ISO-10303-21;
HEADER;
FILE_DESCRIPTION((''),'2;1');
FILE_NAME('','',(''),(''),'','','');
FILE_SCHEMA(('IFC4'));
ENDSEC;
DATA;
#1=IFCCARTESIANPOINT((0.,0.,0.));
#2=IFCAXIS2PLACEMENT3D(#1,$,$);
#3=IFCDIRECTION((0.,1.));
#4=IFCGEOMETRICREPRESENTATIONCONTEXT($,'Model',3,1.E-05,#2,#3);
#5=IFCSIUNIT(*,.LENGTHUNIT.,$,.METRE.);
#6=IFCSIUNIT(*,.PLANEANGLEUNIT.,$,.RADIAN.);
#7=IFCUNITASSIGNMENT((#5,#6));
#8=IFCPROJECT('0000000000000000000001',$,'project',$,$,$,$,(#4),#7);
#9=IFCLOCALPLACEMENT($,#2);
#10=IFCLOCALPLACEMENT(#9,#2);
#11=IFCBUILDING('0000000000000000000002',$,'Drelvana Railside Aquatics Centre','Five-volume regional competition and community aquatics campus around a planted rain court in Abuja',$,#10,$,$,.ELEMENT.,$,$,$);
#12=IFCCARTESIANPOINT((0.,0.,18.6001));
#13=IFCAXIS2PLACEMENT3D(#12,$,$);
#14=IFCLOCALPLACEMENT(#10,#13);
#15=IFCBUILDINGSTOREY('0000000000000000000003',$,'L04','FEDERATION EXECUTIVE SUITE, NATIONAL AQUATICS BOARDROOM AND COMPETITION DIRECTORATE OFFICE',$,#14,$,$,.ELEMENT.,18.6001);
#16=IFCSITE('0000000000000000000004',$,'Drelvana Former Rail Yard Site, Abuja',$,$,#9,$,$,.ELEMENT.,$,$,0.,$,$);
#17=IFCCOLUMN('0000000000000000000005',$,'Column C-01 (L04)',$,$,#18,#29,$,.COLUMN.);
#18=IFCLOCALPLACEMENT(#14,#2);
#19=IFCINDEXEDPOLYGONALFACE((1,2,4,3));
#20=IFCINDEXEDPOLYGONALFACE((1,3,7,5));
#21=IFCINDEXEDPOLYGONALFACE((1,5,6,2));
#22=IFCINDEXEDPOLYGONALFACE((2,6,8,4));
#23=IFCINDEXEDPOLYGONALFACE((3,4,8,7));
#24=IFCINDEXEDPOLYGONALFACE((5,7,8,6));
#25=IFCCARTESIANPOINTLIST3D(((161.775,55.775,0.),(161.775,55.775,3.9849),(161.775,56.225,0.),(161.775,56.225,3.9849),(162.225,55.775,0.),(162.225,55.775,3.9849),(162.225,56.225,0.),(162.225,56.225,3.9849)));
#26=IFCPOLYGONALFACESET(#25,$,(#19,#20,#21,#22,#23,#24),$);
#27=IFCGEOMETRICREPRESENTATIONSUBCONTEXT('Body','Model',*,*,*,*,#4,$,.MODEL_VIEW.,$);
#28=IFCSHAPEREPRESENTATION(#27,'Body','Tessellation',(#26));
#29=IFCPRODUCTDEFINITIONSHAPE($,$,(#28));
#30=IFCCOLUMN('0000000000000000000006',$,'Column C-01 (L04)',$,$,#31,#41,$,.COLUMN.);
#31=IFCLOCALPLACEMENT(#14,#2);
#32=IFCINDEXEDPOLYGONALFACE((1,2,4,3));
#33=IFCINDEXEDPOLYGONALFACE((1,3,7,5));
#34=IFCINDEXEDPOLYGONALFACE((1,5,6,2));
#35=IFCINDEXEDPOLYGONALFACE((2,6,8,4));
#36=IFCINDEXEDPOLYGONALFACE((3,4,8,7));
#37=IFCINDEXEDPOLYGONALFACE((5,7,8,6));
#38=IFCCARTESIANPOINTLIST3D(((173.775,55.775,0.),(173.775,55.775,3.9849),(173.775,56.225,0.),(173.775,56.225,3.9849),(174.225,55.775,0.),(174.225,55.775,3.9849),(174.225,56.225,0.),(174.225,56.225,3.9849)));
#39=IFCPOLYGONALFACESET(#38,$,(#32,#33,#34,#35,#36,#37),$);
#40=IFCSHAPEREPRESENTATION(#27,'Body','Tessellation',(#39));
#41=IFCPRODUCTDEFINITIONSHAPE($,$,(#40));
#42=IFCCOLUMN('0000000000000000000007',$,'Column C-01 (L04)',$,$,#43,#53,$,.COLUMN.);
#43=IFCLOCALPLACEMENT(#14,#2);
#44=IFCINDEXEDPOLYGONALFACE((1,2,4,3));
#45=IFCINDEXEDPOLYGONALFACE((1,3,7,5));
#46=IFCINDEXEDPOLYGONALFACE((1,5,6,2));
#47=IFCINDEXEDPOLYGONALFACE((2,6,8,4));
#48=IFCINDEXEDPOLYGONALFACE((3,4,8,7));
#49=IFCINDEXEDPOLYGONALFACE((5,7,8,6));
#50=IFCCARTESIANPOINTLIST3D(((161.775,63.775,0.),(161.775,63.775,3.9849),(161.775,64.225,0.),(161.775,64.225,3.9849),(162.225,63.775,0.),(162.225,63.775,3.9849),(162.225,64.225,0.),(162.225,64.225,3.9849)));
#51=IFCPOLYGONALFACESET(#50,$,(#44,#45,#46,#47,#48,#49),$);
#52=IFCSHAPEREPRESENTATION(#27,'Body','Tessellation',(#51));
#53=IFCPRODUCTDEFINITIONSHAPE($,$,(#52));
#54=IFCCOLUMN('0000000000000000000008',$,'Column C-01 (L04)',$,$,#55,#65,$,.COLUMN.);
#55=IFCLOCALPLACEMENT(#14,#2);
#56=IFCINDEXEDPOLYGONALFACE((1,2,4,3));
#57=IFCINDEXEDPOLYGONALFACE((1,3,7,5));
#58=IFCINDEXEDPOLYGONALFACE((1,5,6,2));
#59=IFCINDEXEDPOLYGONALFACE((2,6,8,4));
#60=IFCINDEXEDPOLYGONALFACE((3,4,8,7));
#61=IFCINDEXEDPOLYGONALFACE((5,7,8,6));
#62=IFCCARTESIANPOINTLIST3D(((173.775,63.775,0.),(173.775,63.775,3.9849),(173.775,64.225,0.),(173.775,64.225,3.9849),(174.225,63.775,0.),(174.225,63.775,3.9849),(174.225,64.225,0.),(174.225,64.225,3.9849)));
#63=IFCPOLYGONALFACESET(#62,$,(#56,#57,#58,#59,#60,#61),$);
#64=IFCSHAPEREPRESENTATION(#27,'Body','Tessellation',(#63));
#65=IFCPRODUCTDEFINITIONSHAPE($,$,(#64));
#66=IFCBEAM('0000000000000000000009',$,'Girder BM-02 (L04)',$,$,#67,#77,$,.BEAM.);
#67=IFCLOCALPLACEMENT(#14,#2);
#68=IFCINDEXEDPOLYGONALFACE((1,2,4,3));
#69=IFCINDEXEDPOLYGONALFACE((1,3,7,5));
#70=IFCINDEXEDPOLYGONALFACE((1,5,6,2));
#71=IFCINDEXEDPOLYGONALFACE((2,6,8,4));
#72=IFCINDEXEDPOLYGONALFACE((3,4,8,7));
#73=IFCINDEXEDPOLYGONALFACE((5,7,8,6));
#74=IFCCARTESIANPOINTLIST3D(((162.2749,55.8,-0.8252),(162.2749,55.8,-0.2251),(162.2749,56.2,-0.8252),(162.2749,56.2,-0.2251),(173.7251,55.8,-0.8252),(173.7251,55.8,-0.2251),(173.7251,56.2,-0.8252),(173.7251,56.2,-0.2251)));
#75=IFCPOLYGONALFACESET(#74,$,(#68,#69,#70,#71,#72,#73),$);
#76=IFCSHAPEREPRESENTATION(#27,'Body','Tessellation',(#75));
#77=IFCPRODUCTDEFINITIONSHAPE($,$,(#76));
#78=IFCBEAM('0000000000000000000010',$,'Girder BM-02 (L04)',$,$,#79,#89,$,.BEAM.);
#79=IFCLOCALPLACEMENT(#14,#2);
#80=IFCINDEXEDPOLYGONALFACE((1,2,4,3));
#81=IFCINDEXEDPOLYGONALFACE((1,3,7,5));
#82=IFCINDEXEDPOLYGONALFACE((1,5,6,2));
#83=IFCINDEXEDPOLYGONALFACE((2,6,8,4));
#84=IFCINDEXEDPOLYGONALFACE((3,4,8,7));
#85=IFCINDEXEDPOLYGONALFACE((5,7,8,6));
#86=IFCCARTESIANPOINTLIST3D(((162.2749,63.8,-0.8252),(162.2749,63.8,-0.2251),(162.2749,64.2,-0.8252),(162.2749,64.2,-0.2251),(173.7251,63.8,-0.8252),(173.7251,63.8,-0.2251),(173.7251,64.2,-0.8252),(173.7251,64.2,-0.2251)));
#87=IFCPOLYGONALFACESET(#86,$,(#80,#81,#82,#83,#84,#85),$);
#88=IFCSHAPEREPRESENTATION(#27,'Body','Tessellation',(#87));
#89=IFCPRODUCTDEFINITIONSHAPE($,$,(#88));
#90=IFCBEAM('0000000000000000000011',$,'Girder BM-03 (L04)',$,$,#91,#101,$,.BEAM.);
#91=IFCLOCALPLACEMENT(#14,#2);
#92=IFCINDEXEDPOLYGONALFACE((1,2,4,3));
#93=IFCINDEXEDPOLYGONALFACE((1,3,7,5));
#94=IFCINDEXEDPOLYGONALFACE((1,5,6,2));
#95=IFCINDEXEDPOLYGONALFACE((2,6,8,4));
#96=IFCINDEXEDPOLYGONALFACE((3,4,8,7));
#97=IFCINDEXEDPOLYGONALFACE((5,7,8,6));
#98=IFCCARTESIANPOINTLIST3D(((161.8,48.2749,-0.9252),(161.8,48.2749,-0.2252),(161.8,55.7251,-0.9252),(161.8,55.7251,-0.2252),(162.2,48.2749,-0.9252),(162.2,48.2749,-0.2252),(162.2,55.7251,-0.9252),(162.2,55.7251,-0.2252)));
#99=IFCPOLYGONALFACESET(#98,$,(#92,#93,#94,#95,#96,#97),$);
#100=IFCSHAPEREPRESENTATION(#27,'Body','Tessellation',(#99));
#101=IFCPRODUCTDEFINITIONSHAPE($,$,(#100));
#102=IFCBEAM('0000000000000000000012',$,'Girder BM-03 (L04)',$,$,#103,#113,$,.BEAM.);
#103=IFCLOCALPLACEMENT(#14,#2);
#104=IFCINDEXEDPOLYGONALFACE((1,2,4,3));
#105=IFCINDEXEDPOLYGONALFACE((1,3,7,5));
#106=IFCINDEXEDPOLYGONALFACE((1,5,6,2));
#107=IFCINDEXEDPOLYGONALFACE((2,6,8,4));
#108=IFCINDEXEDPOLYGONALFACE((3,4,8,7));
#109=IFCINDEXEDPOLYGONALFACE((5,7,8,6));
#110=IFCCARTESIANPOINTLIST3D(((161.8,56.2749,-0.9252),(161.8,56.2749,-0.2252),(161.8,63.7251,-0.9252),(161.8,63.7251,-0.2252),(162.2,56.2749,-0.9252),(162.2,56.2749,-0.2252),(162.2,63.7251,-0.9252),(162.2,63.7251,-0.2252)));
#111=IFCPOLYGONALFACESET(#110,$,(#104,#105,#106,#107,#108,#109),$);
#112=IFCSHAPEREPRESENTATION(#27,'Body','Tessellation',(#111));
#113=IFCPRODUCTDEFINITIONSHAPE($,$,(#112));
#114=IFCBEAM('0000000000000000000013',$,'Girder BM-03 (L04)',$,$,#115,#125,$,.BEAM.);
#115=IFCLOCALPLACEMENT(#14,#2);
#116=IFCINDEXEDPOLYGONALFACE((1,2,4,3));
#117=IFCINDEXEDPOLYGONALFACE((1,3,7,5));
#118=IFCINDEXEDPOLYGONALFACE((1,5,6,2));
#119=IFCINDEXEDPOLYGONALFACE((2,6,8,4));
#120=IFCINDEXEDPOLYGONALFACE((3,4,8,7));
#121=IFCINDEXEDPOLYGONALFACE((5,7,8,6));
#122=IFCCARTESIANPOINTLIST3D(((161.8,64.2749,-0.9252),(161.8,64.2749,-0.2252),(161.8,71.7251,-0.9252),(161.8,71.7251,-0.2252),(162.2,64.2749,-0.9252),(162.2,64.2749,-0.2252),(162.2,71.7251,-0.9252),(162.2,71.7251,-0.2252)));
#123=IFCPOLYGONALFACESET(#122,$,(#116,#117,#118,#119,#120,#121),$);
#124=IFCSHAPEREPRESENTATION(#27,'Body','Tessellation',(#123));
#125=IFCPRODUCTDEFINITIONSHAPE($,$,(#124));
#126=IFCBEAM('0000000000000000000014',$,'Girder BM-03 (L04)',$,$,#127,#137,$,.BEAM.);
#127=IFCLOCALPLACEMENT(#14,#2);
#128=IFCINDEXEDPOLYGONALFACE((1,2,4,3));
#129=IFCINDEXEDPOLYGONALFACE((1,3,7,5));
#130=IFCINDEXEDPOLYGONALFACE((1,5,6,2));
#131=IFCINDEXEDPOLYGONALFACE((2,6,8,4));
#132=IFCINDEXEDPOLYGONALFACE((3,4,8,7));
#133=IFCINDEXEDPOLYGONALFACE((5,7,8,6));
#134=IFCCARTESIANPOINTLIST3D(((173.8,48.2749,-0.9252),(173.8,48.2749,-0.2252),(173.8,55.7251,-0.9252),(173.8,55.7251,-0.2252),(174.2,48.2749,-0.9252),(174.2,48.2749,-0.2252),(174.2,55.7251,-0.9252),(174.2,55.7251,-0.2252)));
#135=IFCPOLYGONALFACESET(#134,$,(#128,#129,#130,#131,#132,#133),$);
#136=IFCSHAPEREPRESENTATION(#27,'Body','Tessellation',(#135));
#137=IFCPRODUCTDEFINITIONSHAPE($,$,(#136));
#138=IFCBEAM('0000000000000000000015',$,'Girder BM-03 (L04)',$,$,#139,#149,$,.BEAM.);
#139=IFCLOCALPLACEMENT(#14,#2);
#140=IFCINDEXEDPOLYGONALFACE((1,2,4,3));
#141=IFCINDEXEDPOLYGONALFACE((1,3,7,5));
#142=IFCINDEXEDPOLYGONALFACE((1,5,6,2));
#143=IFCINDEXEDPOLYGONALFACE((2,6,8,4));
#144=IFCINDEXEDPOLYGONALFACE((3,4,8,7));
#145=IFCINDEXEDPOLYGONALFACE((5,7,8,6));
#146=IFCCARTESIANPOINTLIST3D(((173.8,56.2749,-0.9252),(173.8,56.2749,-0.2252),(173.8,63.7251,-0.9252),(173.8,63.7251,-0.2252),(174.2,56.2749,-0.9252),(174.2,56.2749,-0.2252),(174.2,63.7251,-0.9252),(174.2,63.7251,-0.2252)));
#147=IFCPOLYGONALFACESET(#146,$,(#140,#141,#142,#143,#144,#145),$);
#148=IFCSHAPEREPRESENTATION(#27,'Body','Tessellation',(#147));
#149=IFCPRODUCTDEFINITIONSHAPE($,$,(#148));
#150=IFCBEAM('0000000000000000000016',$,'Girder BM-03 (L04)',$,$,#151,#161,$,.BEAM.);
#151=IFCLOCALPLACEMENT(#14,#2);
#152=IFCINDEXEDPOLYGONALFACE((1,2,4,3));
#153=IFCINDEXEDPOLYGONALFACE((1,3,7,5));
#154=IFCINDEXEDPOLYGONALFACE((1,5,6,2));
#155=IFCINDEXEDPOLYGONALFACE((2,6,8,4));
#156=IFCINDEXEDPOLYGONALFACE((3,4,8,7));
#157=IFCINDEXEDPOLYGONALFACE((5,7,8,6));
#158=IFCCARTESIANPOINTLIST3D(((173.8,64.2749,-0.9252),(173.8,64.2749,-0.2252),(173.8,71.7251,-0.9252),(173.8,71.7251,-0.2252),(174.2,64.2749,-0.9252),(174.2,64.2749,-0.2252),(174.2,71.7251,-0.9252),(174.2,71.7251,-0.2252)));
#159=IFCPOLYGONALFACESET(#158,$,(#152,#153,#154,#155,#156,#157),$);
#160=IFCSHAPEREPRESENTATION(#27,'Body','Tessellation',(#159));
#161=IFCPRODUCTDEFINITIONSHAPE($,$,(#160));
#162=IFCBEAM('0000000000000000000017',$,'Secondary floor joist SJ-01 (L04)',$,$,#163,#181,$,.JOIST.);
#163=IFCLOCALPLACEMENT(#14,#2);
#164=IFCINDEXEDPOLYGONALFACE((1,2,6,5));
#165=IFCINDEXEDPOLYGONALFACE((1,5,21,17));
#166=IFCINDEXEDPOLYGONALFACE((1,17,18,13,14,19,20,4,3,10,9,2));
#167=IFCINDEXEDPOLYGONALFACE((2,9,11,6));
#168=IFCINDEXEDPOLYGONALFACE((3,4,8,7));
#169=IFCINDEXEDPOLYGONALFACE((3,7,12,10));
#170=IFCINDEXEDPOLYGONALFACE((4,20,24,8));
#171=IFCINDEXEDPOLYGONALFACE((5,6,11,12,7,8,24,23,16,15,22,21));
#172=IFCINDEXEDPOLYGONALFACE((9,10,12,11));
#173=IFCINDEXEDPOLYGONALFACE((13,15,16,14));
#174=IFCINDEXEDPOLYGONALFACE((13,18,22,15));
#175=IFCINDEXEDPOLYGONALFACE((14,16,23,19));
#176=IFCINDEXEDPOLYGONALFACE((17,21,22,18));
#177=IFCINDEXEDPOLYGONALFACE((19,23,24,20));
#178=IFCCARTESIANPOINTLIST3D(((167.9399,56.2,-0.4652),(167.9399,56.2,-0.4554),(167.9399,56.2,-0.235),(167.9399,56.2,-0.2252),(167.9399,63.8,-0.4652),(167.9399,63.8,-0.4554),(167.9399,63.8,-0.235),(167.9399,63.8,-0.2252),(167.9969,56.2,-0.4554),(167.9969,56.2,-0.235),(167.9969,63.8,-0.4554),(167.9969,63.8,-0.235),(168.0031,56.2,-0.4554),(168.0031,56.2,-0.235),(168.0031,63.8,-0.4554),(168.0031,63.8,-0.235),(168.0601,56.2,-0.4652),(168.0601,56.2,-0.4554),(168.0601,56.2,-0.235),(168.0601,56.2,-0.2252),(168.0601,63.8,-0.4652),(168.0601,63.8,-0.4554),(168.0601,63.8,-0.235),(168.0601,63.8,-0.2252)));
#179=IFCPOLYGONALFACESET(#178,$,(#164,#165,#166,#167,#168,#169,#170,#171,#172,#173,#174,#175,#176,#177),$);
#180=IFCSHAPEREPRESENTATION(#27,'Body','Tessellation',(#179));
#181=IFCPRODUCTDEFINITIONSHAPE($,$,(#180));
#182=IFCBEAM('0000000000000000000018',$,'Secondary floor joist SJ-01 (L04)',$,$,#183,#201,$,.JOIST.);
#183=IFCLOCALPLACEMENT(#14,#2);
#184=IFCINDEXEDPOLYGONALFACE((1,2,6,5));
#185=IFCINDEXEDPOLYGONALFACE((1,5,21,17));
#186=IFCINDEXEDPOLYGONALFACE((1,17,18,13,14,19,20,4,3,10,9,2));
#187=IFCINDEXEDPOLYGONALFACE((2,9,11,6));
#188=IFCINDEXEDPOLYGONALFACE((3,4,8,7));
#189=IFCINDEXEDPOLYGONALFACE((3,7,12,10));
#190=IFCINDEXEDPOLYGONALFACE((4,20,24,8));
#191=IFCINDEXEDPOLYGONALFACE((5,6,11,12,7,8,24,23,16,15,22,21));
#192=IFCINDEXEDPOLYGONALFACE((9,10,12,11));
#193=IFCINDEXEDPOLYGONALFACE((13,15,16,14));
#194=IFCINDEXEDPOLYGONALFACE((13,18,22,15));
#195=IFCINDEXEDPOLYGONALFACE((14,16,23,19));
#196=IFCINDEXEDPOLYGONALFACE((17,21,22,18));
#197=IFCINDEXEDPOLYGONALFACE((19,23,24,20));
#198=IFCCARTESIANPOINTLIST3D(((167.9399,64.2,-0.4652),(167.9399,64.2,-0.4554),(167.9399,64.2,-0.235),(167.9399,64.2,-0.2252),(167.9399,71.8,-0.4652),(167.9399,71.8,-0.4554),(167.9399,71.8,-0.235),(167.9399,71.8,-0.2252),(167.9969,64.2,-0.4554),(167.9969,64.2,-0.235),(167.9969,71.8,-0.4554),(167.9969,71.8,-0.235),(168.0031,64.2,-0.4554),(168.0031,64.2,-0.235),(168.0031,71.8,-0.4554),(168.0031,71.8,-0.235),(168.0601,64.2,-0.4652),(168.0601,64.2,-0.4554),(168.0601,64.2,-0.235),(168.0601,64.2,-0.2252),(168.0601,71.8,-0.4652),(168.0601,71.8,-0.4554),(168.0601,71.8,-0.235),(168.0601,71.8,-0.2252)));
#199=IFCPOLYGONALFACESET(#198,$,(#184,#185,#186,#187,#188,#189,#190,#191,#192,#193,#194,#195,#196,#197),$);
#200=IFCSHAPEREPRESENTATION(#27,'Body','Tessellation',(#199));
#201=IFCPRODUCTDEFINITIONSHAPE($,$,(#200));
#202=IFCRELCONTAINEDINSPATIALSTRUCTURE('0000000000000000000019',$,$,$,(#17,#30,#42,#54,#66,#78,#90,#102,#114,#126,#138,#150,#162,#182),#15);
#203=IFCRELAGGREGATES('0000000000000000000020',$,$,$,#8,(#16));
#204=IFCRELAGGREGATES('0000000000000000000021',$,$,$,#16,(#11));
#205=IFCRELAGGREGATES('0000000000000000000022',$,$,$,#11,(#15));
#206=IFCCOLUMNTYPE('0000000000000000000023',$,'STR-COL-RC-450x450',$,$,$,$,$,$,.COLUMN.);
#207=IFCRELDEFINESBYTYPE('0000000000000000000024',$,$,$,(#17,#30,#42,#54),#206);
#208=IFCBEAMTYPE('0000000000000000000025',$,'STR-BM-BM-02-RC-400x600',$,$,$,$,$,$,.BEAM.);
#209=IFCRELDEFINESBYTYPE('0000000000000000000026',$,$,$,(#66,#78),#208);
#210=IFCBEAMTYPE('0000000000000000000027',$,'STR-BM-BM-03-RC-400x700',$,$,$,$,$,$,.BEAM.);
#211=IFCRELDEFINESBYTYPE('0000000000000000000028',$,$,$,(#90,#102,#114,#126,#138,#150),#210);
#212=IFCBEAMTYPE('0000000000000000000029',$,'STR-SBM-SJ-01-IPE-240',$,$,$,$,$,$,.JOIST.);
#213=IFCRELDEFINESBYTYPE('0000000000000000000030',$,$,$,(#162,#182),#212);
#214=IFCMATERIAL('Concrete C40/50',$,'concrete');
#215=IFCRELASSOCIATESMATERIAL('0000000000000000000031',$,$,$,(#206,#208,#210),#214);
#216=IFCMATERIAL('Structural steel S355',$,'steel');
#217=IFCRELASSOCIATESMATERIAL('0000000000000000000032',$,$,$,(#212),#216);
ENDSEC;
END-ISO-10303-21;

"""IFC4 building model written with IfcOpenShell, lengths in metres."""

from ifc_helpers import new_model, si_unit, direction, frame, origin, origin_2d, place, context, subcontext, project, spatial, rectangle, i_section, extrude, material, material_profile, profile_set, type_object, element, save


model = new_model("IFC4")

# Units and contexts
model_context = context("Model", 3, precision=1e-05, world=origin(), true_north=direction((0.0, 1.0)))
body_context = subcontext(model_context, "Body", "Model", "MODEL_VIEW")
ifc_project = project(units=[si_unit("LENGTHUNIT", "METRE"), si_unit("PLANEANGLEUNIT", "RADIAN")], contexts=[model_context])

# Site, building, storey
site_placement = place(None, origin())
site = spatial("IfcSite", under=ifc_project, at=site_placement, Name="Drelvana Former Rail Yard Site, Abuja", CompositionType="ELEMENT", RefElevation=0.0)
building_placement = place(site_placement, origin())
building = spatial("IfcBuilding", under=site, at=building_placement, Name="Drelvana Railside Aquatics Centre", Description="Five-volume regional competition and community aquatics campus around a planted rain court in Abuja", CompositionType="ELEMENT")
storey_placement = place(building_placement, frame((0.0, 0.0, 18.6001)))
storey = spatial("IfcBuildingStorey", under=building, at=storey_placement, Name="L04", Description="FEDERATION EXECUTIVE SUITE, NATIONAL AQUATICS BOARDROOM AND COMPETITION DIRECTORATE OFFICE", CompositionType="ELEMENT", Elevation=18.6001)

# Columns
ifc_material_1 = material(Name="Concrete C40/50", Category="concrete")
ifc_material_profile_1 = material_profile(ifc_material_1, rectangle(XDim=0.45, YDim=0.45, at=origin_2d()), Name="RC 450x450")
ifc_profile_set_1 = profile_set([ifc_material_profile_1], Name="Concrete C40/50")
column_type = type_object("IfcColumnType", Name="STR-COL-RC-450x450", PredefinedType="COLUMN", material=ifc_profile_set_1)
for number, where, z_axis, x_axis, name in (
    (1, (162.0, 56.0, 0.0), (0.0, 0.0, 1.0), (1.0, 0.0, 0.0), "Column C-01 (L04)"),
    (2, (174.0, 56.0, 0.0), (0.0, 0.0, 1.0), (1.0, 0.0, 0.0), "Column C-01 (L04)"),
    (3, (162.0, 64.0, 0.0), (0.0, 0.0, 1.0), (1.0, 0.0, 0.0), "Column C-01 (L04)"),
    (4, (174.0, 64.0, 0.0), (0.0, 0.0, 1.0), (1.0, 0.0, 0.0), "Column C-01 (L04)"),
):
    element("IfcColumn", number, at=place(storey_placement, frame(where, z_axis=z_axis, x_axis=x_axis)), inside=storey, type_object=column_type, Name=name, PredefinedType="COLUMN", context=body_context, shape_type="SweptSolid", body=[
        extrude(rectangle(XDim=0.45, YDim=0.45, at=origin_2d()), origin(), (0.0, 0.0, 1.0), 3.9849),
    ])

# Beams
ifc_material_profile_2 = material_profile(ifc_material_1, rectangle(XDim=0.3999, YDim=0.6001, at=origin_2d()), Name="RC 400x600")
ifc_profile_set_2 = profile_set([ifc_material_profile_2], Name="Concrete C40/50")
beam_type_1 = type_object("IfcBeamType", Name="STR-BM-BM-02-RC-400x600", PredefinedType="BEAM", material=ifc_profile_set_2)
for number, where, z_axis, x_axis, name in (
    (5, (162.2749, 56.0, -0.5251), (1.0, 0.0, 0.0), (0.0, 1.0, 0.0), "Girder BM-02 (L04)"),
    (6, (162.2749, 64.0, -0.5251), (1.0, 0.0, 0.0), (0.0, 1.0, 0.0), "Girder BM-02 (L04)"),
):
    element("IfcBeam", number, at=place(storey_placement, frame(where, z_axis=z_axis, x_axis=x_axis)), inside=storey, type_object=beam_type_1, Name=name, PredefinedType="BEAM", context=body_context, shape_type="SweptSolid", body=[
        extrude(rectangle(XDim=0.3999, YDim=0.6001, at=origin_2d()), origin(), (0.0, 0.0, 1.0), 11.4502),
    ])
ifc_material_profile_3 = material_profile(ifc_material_1, rectangle(XDim=0.3999, YDim=0.7, at=origin_2d()), Name="RC 400x700")
ifc_profile_set_3 = profile_set([ifc_material_profile_3], Name="Concrete C40/50")
beam_type_2 = type_object("IfcBeamType", Name="STR-BM-BM-03-RC-400x700", PredefinedType="BEAM", material=ifc_profile_set_3)
for number, where, z_axis, x_axis, name in (
    (7, (162.0, 48.2749, -0.5752), (0.0, 1.0, 0.0), (-1.0, 0.0, 0.0), "Girder BM-03 (L04)"),
    (8, (162.0, 56.2749, -0.5752), (0.0, 1.0, 0.0), (-1.0, 0.0, 0.0), "Girder BM-03 (L04)"),
    (9, (162.0, 64.2749, -0.5752), (0.0, 1.0, 0.0), (-1.0, 0.0, 0.0), "Girder BM-03 (L04)"),
    (10, (174.0, 48.2749, -0.5752), (0.0, 1.0, 0.0), (-1.0, 0.0, 0.0), "Girder BM-03 (L04)"),
    (11, (174.0, 56.2749, -0.5752), (0.0, 1.0, 0.0), (-1.0, 0.0, 0.0), "Girder BM-03 (L04)"),
    (12, (174.0, 64.2749, -0.5752), (0.0, 1.0, 0.0), (-1.0, 0.0, 0.0), "Girder BM-03 (L04)"),
):
    element("IfcBeam", number, at=place(storey_placement, frame(where, z_axis=z_axis, x_axis=x_axis)), inside=storey, type_object=beam_type_2, Name=name, PredefinedType="BEAM", context=body_context, shape_type="SweptSolid", body=[
        extrude(rectangle(XDim=0.3999, YDim=0.7, at=origin_2d()), origin(), (0.0, 0.0, 1.0), 7.4502),
    ])
ifc_material_2 = material(Name="Structural steel S355", Category="steel")
ifc_material_profile_4 = material_profile(ifc_material_2, i_section(OverallWidth=0.1201, OverallDepth=0.24, WebThickness=0.0061, FlangeThickness=0.0098, at=origin_2d()), Name="IPE 240")
ifc_profile_set_4 = profile_set([ifc_material_profile_4], Name="Structural steel S355")
beam_type_3 = type_object("IfcBeamType", Name="STR-SBM-SJ-01-IPE-240", PredefinedType="JOIST", material=ifc_profile_set_4)
for number, where, z_axis, x_axis, name in (
    (13, (168.0, 56.2, -0.3452), (0.0, 1.0, 0.0), (-1.0, 0.0, 0.0), "Secondary floor joist SJ-01 (L04)"),
    (14, (168.0, 64.2, -0.3452), (0.0, 1.0, 0.0), (-1.0, 0.0, 0.0), "Secondary floor joist SJ-01 (L04)"),
):
    element("IfcBeam", number, at=place(storey_placement, frame(where, z_axis=z_axis, x_axis=x_axis)), inside=storey, type_object=beam_type_3, Name=name, PredefinedType="JOIST", context=body_context, shape_type="SweptSolid", body=[
        extrude(i_section(OverallWidth=0.1201, OverallDepth=0.24, WebThickness=0.0061, FlangeThickness=0.0098, at=origin_2d()), origin(), (0.0, 0.0, 1.0), 7.6001),
    ])

save(model, "model.ifc")
